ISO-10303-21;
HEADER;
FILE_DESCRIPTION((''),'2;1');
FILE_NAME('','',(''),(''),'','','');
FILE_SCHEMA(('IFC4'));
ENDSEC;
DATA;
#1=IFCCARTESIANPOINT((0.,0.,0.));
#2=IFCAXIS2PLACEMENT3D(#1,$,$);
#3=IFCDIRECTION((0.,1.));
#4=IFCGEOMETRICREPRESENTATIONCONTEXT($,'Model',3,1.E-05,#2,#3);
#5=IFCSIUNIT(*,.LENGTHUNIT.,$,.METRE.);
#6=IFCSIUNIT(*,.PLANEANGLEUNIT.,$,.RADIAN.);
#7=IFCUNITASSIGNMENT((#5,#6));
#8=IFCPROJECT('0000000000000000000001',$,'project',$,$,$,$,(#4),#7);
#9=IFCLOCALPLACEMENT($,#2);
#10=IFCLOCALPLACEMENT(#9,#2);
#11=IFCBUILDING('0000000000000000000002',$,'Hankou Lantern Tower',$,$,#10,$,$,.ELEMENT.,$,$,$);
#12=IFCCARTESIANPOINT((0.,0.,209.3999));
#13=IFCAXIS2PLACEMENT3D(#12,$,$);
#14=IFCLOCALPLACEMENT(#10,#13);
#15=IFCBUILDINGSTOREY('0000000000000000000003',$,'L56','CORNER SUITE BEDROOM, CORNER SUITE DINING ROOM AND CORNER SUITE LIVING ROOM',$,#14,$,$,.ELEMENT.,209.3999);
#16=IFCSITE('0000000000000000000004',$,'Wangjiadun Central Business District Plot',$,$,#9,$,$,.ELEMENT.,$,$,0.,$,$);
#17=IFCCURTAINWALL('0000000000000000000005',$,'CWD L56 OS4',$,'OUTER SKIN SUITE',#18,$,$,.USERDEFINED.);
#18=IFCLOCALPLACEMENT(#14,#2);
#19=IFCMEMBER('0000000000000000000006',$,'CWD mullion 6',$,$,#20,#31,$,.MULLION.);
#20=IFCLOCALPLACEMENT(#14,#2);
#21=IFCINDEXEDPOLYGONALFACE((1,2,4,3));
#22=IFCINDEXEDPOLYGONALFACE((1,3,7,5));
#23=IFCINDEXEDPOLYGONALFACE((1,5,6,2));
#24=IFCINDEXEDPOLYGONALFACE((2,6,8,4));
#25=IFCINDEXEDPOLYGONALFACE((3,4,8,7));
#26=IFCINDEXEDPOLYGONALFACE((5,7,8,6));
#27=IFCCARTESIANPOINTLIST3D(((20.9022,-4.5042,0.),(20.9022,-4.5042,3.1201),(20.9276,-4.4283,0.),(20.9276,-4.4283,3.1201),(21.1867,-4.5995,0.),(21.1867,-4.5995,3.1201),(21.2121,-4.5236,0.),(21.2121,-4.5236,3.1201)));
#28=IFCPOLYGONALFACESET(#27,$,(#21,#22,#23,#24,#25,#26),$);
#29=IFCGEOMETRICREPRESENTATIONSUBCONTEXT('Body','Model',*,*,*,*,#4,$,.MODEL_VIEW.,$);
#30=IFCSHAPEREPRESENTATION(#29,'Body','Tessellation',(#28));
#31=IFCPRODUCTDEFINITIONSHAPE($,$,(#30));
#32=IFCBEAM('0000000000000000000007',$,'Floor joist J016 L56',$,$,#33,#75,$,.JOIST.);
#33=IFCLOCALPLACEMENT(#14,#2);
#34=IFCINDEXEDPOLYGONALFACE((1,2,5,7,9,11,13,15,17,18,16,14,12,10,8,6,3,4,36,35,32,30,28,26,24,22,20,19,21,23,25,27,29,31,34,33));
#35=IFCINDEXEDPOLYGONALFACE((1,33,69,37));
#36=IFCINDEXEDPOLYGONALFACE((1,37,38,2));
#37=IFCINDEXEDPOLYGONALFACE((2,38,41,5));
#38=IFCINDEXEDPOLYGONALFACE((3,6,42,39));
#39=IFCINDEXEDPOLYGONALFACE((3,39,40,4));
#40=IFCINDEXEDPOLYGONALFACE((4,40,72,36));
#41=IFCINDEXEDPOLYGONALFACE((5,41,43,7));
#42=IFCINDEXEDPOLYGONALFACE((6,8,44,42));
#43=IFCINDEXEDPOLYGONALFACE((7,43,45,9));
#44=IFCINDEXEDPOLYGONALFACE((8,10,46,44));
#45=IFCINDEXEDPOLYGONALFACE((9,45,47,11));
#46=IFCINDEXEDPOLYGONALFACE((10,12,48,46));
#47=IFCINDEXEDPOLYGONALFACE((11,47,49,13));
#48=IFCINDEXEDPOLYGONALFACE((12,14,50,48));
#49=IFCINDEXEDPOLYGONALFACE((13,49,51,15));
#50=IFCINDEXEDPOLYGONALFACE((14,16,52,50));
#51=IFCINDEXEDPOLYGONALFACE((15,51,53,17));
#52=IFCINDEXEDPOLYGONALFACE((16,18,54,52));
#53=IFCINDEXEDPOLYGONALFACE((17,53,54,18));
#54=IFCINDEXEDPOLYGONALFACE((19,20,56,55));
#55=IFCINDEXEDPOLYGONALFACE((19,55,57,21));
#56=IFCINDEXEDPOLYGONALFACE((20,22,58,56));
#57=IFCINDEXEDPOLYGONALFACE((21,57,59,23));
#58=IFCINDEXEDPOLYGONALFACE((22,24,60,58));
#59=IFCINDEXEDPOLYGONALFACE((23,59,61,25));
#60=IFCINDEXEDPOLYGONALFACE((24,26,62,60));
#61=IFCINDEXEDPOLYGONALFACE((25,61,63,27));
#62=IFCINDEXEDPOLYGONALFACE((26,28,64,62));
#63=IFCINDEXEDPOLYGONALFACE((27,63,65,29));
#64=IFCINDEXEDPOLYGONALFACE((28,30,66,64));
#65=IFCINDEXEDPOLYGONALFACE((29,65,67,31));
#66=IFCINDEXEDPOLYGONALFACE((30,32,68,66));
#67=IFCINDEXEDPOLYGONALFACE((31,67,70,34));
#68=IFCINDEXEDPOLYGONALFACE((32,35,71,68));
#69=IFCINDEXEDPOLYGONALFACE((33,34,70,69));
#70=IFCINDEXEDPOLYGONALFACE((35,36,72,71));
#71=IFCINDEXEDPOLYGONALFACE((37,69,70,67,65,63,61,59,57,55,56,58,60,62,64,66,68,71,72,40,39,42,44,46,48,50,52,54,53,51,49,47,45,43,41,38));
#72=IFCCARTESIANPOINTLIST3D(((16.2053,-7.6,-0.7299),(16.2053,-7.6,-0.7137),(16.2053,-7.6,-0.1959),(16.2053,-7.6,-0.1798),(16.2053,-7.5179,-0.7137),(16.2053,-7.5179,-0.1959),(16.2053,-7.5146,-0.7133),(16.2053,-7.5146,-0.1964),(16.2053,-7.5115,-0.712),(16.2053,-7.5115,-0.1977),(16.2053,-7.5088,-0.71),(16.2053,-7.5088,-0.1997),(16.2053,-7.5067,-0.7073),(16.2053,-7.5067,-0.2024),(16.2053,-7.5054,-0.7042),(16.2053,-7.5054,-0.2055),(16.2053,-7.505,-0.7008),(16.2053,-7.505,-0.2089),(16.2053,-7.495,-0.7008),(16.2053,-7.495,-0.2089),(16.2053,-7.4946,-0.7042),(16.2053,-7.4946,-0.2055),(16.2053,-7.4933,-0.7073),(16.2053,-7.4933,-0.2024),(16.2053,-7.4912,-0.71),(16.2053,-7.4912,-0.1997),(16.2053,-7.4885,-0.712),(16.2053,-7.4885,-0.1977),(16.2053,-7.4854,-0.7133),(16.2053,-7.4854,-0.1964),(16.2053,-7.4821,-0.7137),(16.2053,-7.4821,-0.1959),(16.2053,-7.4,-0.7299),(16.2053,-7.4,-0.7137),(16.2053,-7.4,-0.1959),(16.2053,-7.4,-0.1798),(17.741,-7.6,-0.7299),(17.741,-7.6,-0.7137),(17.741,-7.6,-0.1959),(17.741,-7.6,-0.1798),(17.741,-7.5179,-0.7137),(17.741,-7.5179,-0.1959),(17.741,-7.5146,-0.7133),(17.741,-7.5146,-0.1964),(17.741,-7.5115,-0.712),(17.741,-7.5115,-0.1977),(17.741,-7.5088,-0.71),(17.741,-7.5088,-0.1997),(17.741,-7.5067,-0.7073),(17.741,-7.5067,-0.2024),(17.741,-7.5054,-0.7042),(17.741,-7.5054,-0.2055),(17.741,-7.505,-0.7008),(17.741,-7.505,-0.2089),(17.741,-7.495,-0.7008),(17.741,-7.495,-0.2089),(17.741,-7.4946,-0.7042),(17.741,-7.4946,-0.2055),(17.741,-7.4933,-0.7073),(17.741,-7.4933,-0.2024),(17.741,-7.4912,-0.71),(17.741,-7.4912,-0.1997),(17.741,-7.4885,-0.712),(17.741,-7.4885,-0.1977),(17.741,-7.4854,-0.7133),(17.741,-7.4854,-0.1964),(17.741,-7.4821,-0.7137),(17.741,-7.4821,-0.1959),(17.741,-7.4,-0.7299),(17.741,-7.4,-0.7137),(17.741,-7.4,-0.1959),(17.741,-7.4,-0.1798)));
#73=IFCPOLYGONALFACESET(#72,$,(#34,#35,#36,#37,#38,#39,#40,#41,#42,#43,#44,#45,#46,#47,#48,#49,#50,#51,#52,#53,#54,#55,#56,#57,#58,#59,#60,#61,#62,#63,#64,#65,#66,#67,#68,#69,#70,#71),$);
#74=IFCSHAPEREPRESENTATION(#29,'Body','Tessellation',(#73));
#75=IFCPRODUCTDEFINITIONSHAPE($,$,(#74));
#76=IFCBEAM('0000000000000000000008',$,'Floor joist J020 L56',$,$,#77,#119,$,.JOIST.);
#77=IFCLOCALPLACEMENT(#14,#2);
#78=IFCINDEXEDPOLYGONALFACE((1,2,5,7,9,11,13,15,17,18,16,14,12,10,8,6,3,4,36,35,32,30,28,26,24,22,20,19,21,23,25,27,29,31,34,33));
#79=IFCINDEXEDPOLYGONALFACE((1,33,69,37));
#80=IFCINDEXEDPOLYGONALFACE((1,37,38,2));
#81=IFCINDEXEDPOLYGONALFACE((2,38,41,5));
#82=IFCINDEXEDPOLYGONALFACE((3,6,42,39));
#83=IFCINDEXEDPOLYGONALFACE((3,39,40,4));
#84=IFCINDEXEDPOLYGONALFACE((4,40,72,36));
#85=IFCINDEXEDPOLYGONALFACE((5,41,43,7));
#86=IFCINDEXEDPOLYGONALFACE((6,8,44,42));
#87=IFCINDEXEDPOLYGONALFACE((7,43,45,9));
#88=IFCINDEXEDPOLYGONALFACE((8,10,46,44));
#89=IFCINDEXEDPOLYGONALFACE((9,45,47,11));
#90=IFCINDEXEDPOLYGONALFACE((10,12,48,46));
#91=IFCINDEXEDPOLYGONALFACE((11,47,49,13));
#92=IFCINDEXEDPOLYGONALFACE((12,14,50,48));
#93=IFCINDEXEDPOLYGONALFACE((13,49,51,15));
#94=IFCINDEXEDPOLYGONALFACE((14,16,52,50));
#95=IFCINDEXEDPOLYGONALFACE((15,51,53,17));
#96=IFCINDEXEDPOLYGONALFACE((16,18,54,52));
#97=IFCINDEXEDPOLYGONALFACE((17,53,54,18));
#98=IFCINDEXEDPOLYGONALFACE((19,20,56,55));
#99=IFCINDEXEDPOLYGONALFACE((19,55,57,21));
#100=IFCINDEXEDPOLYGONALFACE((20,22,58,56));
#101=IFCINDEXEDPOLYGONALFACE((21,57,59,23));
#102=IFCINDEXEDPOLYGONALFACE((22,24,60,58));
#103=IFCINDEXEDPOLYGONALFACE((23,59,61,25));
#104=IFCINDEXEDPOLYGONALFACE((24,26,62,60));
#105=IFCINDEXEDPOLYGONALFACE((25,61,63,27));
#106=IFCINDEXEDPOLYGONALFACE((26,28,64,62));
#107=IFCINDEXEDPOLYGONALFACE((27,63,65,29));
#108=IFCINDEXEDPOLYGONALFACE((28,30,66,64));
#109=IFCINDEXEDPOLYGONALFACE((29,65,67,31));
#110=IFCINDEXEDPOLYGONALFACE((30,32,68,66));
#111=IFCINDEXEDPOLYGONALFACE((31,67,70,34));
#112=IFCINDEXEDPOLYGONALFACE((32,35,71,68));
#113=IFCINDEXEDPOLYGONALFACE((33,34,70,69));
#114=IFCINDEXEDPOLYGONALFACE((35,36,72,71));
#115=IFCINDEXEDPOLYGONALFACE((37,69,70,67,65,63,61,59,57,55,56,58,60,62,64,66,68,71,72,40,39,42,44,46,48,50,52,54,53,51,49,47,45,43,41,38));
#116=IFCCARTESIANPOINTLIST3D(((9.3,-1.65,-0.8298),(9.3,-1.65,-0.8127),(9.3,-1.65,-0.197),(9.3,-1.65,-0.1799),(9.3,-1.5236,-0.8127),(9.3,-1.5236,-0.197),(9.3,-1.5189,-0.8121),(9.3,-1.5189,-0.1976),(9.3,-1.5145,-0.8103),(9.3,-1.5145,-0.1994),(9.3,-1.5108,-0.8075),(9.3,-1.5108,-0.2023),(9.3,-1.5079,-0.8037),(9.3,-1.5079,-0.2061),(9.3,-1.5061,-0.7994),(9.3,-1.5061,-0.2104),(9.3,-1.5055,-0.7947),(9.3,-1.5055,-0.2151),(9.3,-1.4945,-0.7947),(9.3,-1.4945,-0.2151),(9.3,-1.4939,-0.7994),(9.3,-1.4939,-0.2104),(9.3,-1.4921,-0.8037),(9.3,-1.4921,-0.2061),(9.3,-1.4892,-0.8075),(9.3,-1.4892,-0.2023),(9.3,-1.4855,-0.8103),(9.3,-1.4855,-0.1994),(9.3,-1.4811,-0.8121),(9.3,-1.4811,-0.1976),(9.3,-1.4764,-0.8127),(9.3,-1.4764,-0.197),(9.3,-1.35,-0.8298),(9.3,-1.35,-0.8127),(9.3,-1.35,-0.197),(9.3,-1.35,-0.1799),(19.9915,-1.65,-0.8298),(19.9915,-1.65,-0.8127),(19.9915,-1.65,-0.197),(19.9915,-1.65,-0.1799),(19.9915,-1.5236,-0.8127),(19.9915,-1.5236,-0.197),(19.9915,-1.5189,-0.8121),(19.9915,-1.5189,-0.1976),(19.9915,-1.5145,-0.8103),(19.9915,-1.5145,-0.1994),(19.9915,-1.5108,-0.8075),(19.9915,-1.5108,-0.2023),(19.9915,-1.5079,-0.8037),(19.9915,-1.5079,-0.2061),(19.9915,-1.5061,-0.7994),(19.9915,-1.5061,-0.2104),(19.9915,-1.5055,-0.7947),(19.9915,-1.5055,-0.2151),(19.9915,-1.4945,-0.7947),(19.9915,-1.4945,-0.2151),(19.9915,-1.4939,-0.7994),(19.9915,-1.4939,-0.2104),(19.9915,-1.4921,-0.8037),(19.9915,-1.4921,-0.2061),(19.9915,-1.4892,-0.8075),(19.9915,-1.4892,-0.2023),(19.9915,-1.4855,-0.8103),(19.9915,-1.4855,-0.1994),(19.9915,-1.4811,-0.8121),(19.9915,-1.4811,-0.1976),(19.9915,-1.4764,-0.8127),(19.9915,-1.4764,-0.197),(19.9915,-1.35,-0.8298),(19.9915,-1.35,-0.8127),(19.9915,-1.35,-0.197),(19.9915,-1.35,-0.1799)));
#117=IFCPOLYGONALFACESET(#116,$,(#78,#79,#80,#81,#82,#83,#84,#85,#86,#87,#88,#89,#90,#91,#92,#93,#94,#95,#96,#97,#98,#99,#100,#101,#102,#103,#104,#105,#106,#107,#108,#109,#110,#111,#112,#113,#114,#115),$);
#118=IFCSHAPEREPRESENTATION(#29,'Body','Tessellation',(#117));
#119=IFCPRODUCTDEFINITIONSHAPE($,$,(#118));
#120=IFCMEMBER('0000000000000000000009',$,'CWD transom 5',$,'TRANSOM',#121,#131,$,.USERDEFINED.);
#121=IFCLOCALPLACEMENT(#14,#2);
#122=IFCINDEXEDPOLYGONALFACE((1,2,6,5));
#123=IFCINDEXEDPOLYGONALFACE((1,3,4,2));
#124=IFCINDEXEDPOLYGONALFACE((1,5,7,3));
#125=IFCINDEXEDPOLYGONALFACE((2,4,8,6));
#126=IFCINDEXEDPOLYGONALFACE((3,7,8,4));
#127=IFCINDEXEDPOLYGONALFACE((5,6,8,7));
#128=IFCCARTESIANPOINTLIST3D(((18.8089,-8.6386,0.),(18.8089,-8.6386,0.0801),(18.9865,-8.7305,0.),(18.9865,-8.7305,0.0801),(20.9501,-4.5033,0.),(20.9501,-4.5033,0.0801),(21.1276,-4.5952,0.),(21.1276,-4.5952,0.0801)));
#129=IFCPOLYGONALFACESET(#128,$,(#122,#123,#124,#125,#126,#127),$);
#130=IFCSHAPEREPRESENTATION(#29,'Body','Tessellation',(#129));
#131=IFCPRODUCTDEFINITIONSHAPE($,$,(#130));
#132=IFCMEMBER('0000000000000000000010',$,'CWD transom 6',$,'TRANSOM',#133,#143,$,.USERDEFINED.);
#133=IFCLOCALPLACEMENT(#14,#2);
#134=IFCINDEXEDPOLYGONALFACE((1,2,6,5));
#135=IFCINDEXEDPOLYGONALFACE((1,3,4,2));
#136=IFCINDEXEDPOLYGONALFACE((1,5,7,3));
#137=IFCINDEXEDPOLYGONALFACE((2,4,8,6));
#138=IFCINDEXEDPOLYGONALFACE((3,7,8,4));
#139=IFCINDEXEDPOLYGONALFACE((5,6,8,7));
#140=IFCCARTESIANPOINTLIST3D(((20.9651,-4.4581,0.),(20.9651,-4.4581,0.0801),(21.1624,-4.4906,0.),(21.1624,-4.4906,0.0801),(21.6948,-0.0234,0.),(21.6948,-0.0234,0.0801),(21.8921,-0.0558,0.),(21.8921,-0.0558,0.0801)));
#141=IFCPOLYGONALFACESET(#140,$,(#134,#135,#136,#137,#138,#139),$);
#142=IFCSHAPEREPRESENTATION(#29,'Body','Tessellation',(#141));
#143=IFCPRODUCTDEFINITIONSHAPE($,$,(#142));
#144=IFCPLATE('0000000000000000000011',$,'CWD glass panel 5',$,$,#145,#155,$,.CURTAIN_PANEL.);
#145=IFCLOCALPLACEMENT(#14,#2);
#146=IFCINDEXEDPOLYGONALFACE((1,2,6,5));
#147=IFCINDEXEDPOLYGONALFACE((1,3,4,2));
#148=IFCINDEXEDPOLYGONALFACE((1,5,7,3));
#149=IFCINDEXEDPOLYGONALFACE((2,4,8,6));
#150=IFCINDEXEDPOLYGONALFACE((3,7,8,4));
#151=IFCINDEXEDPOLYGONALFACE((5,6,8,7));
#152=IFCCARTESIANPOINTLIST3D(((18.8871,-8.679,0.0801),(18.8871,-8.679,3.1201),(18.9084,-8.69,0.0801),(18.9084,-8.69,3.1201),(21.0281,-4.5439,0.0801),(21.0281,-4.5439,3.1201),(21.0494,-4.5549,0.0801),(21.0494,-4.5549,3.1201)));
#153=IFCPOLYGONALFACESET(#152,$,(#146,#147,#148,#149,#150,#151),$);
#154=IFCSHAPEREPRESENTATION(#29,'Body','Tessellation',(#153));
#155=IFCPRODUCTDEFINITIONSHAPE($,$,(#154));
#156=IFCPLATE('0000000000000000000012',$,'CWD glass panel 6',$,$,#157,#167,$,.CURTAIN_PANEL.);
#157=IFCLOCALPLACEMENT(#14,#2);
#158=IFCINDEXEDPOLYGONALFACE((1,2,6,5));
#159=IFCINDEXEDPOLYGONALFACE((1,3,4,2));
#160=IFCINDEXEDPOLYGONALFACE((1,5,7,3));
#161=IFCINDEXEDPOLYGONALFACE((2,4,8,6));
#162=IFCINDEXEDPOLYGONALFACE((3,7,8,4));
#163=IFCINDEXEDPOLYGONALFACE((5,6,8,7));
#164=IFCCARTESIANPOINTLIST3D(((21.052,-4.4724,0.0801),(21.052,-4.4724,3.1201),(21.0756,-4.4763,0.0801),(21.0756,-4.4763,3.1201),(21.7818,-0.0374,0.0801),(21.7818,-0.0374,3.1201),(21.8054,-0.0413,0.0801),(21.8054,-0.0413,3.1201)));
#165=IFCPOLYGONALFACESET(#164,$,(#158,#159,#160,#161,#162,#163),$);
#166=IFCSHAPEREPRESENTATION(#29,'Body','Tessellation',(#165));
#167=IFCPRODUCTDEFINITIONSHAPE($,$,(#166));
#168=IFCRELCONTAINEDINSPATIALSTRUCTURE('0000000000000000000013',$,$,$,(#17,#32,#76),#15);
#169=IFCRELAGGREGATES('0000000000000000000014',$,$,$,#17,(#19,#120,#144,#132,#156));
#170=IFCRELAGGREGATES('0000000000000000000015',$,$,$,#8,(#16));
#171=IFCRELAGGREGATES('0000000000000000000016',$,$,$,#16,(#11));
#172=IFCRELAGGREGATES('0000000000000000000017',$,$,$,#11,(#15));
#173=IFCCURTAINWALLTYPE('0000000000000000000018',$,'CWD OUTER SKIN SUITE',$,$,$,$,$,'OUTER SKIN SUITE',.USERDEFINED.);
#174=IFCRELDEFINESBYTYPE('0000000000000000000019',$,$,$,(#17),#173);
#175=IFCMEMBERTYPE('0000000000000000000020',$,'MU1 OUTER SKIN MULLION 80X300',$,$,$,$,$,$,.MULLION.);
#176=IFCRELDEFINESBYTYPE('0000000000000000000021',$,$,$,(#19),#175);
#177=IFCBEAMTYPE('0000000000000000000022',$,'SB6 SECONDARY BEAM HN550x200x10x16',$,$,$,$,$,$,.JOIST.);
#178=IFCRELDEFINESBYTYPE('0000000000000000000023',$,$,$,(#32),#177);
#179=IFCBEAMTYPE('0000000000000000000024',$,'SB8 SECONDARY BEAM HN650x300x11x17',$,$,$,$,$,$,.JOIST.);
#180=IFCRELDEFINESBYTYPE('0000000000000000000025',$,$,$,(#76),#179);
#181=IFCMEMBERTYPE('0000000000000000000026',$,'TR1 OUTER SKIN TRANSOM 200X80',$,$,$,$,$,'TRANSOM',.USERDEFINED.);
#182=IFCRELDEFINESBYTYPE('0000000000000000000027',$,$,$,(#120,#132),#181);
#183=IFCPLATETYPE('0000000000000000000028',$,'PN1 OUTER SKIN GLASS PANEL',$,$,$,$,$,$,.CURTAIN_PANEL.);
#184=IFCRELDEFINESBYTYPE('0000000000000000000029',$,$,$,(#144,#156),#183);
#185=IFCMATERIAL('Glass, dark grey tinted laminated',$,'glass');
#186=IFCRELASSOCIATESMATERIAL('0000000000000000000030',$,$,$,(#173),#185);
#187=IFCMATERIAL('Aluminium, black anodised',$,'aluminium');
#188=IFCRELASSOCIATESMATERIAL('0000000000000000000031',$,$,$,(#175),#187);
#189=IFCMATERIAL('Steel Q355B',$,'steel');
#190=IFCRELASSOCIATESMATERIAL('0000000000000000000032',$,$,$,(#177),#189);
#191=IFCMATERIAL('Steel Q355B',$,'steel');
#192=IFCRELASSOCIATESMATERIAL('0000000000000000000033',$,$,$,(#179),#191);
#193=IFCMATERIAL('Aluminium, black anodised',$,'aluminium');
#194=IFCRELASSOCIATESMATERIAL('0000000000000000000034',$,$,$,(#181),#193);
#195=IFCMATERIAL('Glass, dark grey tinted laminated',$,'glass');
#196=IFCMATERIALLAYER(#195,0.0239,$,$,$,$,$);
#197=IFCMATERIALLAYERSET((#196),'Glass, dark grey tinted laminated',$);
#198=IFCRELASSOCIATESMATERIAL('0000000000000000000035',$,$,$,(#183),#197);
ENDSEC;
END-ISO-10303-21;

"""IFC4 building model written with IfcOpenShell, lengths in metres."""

from ifc_helpers import new_model, si_unit, direction, frame, origin, origin_2d, place, context, subcontext, project, spatial, rectangle, i_section, extrude, material, layer, layer_set, material_profile, profile_set, type_object, element, aggregate, save


model = new_model("IFC4")

# Units and contexts
model_context = context("Model", 3, precision=1e-05, world=origin(), true_north=direction((0.0, 1.0)))
body_context = subcontext(model_context, "Body", "Model", "MODEL_VIEW")
ifc_project = project(units=[si_unit("LENGTHUNIT", "METRE"), si_unit("PLANEANGLEUNIT", "RADIAN")], contexts=[model_context])

# Site, building, storey
site_placement = place(None, origin())
site = spatial("IfcSite", under=ifc_project, at=site_placement, Name="Wangjiadun Central Business District Plot", CompositionType="ELEMENT", RefElevation=0.0)
building_placement = place(site_placement, origin())
building = spatial("IfcBuilding", under=site, at=building_placement, Name="Hankou Lantern Tower", CompositionType="ELEMENT")
storey_placement = place(building_placement, frame((0.0, 0.0, 209.3999)))
storey = spatial("IfcBuildingStorey", under=building, at=storey_placement, Name="L56", Description="CORNER SUITE BEDROOM, CORNER SUITE DINING ROOM AND CORNER SUITE LIVING ROOM", CompositionType="ELEMENT", Elevation=209.3999)

# Curtain wall, member
ifc_material_1 = material(Name="Glass, dark grey tinted laminated", Category="glass")
curtain_wall_type = type_object("IfcCurtainWallType", Name="CWD OUTER SKIN SUITE", ElementType="OUTER SKIN SUITE", PredefinedType="USERDEFINED", material=ifc_material_1)
curtain_wall_placement = place(storey_placement, origin())
curtain_wall = element("IfcCurtainWall", 1, at=curtain_wall_placement, inside=storey, type_object=curtain_wall_type, Name="CWD L56 OS4", ObjectType="OUTER SKIN SUITE", PredefinedType="USERDEFINED")
ifc_material_2 = material(Name="Aluminium, black anodised", Category="aluminium")
ifc_material_profile_1 = material_profile(ifc_material_2, rectangle(XDim=0.0801, YDim=0.3, at=origin_2d()), Name="MU1 80X300")
ifc_profile_set_1 = profile_set([ifc_material_profile_1], Name="Aluminium, black anodised")
member_type_1 = type_object("IfcMemberType", Name="MU1 OUTER SKIN MULLION 80X300", PredefinedType="MULLION", material=ifc_profile_set_1)
member_1_placement = place(storey_placement, frame((21.0571, -4.5139, 0.0), z_axis=(0.0, 0.0, 1.0), x_axis=(0.317596, 0.948226, 0.0)))
member_1 = element("IfcMember", 2, at=member_1_placement, type_object=member_type_1, Name="CWD mullion 6", PredefinedType="MULLION", context=body_context, shape_type="SweptSolid", body=[
    extrude(rectangle(XDim=0.0801, YDim=0.3, at=origin_2d()), origin(), (0.0, 0.0, 1.0), 3.1201),
])

# Beams
ifc_material_3 = material(Name="Steel Q355B", Category="steel")
ifc_material_profile_2 = material_profile(ifc_material_3, i_section(OverallWidth=0.2, OverallDepth=0.55, WebThickness=0.01, FlangeThickness=0.0161, FilletRadius=0.0129, at=origin_2d()), Name="HN550x200x10x16")
ifc_profile_set_2 = profile_set([ifc_material_profile_2], Name="Steel Q355B")
beam_type_1 = type_object("IfcBeamType", Name="SB6 SECONDARY BEAM HN550x200x10x16", PredefinedType="JOIST", material=ifc_profile_set_2)
beam_1_placement = place(storey_placement, frame((16.2053, -7.5, -0.4548), z_axis=(1.0, 0.0, 0.0), x_axis=(0.0, 1.0, 0.0)))
element("IfcBeam", 3, at=beam_1_placement, inside=storey, type_object=beam_type_1, Name="Floor joist J016 L56", PredefinedType="JOIST", context=body_context, shape_type="SweptSolid", body=[
    extrude(i_section(OverallWidth=0.2, OverallDepth=0.55, WebThickness=0.01, FlangeThickness=0.0161, FilletRadius=0.0129, at=origin_2d()), origin(), (0.0, 0.0, 1.0), 1.5356),
])
ifc_material_4 = material(Name="Steel Q355B", Category="steel")
ifc_material_profile_3 = material_profile(ifc_material_4, i_section(OverallWidth=0.3, OverallDepth=0.6499, WebThickness=0.011, FlangeThickness=0.0171, FilletRadius=0.0181, at=origin_2d()), Name="HN650x300x11x17")
ifc_profile_set_3 = profile_set([ifc_material_profile_3], Name="Steel Q355B")
beam_type_2 = type_object("IfcBeamType", Name="SB8 SECONDARY BEAM HN650x300x11x17", PredefinedType="JOIST", material=ifc_profile_set_3)
beam_2_placement = place(storey_placement, frame((9.3, -1.5, -0.5049), z_axis=(1.0, 0.0, 0.0), x_axis=(0.0, 1.0, 0.0)))
element("IfcBeam", 4, at=beam_2_placement, inside=storey, type_object=beam_type_2, Name="Floor joist J020 L56", PredefinedType="JOIST", context=body_context, shape_type="SweptSolid", body=[
    extrude(i_section(OverallWidth=0.3, OverallDepth=0.6499, WebThickness=0.011, FlangeThickness=0.0171, FilletRadius=0.0181, at=origin_2d()), origin(), (0.0, 0.0, 1.0), 10.6914),
])

# Members
ifc_material_5 = material(Name="Aluminium, black anodised", Category="aluminium")
ifc_material_profile_4 = material_profile(ifc_material_5, rectangle(XDim=0.2, YDim=0.0801, at=origin_2d()), Name="TR1 200X80")
ifc_profile_set_4 = profile_set([ifc_material_profile_4], Name="Aluminium, black anodised")
member_type_2 = type_object("IfcMemberType", Name="TR1 OUTER SKIN TRANSOM 200X80", ElementType="TRANSOM", PredefinedType="USERDEFINED", material=ifc_profile_set_4)
member_2_placement = place(storey_placement, frame((18.8977, -8.6846, 0.04), z_axis=(0.459794, 0.888026, 0.0), x_axis=(-0.888026, 0.459794, 0.0)))
member_2 = element("IfcMember", 5, at=member_2_placement, type_object=member_type_2, Name="CWD transom 5", ObjectType="TRANSOM", PredefinedType="USERDEFINED", context=body_context, shape_type="SweptSolid", body=[
    extrude(rectangle(XDim=0.2, YDim=0.0801, at=origin_2d()), origin(), (0.0, 0.0, 1.0), 4.6567),
])
member_3_placement = place(storey_placement, frame((21.0637, -4.4744, 0.04), z_axis=(0.162364, 0.986731, 0.0), x_axis=(-0.986731, 0.162364, 0.0)))
member_3 = element("IfcMember", 6, at=member_3_placement, type_object=member_type_2, Name="CWD transom 6", ObjectType="TRANSOM", PredefinedType="USERDEFINED", context=body_context, shape_type="SweptSolid", body=[
    extrude(rectangle(XDim=0.2, YDim=0.0801, at=origin_2d()), origin(), (0.0, 0.0, 1.0), 4.4944),
])

# Plates
ifc_material_6 = material(Name="Glass, dark grey tinted laminated", Category="glass")
ifc_layer_1 = layer(ifc_material_6, 0.0239)
ifc_layer_set_1 = layer_set([ifc_layer_1], Name="Glass, dark grey tinted laminated")
plate_type = type_object("IfcPlateType", Name="PN1 OUTER SKIN GLASS PANEL", PredefinedType="CURTAIN_PANEL", material=ifc_layer_set_1)
plate_1_placement = place(storey_placement, frame((19.9683, -6.6169, 0.0801), z_axis=(0.0, 0.0, 1.0), x_axis=(0.459791, 0.888027, 0.0)))
plate_1 = element("IfcPlate", 7, at=plate_1_placement, type_object=plate_type, Name="CWD glass panel 5", PredefinedType="CURTAIN_PANEL", context=body_context, shape_type="SweptSolid", body=[
    extrude(rectangle(XDim=4.6565, YDim=0.0239, at=origin_2d()), origin(), (0.0, 0.0, 1.0), 3.04),
])
plate_2_placement = place(storey_placement, frame((21.4287, -2.2568, 0.0801), z_axis=(0.0, 0.0, 1.0), x_axis=(0.162382, 0.986728, 0.0)))
plate_2 = element("IfcPlate", 8, at=plate_2_placement, type_object=plate_type, Name="CWD glass panel 6", PredefinedType="CURTAIN_PANEL", context=body_context, shape_type="SweptSolid", body=[
    extrude(rectangle(XDim=4.4946, YDim=0.0239, at=origin_2d()), origin(), (0.0, 0.0, 1.0), 3.04),
])
aggregate(curtain_wall, [member_1, member_2, plate_1, member_3, plate_2])

save(model, "model.ifc")
